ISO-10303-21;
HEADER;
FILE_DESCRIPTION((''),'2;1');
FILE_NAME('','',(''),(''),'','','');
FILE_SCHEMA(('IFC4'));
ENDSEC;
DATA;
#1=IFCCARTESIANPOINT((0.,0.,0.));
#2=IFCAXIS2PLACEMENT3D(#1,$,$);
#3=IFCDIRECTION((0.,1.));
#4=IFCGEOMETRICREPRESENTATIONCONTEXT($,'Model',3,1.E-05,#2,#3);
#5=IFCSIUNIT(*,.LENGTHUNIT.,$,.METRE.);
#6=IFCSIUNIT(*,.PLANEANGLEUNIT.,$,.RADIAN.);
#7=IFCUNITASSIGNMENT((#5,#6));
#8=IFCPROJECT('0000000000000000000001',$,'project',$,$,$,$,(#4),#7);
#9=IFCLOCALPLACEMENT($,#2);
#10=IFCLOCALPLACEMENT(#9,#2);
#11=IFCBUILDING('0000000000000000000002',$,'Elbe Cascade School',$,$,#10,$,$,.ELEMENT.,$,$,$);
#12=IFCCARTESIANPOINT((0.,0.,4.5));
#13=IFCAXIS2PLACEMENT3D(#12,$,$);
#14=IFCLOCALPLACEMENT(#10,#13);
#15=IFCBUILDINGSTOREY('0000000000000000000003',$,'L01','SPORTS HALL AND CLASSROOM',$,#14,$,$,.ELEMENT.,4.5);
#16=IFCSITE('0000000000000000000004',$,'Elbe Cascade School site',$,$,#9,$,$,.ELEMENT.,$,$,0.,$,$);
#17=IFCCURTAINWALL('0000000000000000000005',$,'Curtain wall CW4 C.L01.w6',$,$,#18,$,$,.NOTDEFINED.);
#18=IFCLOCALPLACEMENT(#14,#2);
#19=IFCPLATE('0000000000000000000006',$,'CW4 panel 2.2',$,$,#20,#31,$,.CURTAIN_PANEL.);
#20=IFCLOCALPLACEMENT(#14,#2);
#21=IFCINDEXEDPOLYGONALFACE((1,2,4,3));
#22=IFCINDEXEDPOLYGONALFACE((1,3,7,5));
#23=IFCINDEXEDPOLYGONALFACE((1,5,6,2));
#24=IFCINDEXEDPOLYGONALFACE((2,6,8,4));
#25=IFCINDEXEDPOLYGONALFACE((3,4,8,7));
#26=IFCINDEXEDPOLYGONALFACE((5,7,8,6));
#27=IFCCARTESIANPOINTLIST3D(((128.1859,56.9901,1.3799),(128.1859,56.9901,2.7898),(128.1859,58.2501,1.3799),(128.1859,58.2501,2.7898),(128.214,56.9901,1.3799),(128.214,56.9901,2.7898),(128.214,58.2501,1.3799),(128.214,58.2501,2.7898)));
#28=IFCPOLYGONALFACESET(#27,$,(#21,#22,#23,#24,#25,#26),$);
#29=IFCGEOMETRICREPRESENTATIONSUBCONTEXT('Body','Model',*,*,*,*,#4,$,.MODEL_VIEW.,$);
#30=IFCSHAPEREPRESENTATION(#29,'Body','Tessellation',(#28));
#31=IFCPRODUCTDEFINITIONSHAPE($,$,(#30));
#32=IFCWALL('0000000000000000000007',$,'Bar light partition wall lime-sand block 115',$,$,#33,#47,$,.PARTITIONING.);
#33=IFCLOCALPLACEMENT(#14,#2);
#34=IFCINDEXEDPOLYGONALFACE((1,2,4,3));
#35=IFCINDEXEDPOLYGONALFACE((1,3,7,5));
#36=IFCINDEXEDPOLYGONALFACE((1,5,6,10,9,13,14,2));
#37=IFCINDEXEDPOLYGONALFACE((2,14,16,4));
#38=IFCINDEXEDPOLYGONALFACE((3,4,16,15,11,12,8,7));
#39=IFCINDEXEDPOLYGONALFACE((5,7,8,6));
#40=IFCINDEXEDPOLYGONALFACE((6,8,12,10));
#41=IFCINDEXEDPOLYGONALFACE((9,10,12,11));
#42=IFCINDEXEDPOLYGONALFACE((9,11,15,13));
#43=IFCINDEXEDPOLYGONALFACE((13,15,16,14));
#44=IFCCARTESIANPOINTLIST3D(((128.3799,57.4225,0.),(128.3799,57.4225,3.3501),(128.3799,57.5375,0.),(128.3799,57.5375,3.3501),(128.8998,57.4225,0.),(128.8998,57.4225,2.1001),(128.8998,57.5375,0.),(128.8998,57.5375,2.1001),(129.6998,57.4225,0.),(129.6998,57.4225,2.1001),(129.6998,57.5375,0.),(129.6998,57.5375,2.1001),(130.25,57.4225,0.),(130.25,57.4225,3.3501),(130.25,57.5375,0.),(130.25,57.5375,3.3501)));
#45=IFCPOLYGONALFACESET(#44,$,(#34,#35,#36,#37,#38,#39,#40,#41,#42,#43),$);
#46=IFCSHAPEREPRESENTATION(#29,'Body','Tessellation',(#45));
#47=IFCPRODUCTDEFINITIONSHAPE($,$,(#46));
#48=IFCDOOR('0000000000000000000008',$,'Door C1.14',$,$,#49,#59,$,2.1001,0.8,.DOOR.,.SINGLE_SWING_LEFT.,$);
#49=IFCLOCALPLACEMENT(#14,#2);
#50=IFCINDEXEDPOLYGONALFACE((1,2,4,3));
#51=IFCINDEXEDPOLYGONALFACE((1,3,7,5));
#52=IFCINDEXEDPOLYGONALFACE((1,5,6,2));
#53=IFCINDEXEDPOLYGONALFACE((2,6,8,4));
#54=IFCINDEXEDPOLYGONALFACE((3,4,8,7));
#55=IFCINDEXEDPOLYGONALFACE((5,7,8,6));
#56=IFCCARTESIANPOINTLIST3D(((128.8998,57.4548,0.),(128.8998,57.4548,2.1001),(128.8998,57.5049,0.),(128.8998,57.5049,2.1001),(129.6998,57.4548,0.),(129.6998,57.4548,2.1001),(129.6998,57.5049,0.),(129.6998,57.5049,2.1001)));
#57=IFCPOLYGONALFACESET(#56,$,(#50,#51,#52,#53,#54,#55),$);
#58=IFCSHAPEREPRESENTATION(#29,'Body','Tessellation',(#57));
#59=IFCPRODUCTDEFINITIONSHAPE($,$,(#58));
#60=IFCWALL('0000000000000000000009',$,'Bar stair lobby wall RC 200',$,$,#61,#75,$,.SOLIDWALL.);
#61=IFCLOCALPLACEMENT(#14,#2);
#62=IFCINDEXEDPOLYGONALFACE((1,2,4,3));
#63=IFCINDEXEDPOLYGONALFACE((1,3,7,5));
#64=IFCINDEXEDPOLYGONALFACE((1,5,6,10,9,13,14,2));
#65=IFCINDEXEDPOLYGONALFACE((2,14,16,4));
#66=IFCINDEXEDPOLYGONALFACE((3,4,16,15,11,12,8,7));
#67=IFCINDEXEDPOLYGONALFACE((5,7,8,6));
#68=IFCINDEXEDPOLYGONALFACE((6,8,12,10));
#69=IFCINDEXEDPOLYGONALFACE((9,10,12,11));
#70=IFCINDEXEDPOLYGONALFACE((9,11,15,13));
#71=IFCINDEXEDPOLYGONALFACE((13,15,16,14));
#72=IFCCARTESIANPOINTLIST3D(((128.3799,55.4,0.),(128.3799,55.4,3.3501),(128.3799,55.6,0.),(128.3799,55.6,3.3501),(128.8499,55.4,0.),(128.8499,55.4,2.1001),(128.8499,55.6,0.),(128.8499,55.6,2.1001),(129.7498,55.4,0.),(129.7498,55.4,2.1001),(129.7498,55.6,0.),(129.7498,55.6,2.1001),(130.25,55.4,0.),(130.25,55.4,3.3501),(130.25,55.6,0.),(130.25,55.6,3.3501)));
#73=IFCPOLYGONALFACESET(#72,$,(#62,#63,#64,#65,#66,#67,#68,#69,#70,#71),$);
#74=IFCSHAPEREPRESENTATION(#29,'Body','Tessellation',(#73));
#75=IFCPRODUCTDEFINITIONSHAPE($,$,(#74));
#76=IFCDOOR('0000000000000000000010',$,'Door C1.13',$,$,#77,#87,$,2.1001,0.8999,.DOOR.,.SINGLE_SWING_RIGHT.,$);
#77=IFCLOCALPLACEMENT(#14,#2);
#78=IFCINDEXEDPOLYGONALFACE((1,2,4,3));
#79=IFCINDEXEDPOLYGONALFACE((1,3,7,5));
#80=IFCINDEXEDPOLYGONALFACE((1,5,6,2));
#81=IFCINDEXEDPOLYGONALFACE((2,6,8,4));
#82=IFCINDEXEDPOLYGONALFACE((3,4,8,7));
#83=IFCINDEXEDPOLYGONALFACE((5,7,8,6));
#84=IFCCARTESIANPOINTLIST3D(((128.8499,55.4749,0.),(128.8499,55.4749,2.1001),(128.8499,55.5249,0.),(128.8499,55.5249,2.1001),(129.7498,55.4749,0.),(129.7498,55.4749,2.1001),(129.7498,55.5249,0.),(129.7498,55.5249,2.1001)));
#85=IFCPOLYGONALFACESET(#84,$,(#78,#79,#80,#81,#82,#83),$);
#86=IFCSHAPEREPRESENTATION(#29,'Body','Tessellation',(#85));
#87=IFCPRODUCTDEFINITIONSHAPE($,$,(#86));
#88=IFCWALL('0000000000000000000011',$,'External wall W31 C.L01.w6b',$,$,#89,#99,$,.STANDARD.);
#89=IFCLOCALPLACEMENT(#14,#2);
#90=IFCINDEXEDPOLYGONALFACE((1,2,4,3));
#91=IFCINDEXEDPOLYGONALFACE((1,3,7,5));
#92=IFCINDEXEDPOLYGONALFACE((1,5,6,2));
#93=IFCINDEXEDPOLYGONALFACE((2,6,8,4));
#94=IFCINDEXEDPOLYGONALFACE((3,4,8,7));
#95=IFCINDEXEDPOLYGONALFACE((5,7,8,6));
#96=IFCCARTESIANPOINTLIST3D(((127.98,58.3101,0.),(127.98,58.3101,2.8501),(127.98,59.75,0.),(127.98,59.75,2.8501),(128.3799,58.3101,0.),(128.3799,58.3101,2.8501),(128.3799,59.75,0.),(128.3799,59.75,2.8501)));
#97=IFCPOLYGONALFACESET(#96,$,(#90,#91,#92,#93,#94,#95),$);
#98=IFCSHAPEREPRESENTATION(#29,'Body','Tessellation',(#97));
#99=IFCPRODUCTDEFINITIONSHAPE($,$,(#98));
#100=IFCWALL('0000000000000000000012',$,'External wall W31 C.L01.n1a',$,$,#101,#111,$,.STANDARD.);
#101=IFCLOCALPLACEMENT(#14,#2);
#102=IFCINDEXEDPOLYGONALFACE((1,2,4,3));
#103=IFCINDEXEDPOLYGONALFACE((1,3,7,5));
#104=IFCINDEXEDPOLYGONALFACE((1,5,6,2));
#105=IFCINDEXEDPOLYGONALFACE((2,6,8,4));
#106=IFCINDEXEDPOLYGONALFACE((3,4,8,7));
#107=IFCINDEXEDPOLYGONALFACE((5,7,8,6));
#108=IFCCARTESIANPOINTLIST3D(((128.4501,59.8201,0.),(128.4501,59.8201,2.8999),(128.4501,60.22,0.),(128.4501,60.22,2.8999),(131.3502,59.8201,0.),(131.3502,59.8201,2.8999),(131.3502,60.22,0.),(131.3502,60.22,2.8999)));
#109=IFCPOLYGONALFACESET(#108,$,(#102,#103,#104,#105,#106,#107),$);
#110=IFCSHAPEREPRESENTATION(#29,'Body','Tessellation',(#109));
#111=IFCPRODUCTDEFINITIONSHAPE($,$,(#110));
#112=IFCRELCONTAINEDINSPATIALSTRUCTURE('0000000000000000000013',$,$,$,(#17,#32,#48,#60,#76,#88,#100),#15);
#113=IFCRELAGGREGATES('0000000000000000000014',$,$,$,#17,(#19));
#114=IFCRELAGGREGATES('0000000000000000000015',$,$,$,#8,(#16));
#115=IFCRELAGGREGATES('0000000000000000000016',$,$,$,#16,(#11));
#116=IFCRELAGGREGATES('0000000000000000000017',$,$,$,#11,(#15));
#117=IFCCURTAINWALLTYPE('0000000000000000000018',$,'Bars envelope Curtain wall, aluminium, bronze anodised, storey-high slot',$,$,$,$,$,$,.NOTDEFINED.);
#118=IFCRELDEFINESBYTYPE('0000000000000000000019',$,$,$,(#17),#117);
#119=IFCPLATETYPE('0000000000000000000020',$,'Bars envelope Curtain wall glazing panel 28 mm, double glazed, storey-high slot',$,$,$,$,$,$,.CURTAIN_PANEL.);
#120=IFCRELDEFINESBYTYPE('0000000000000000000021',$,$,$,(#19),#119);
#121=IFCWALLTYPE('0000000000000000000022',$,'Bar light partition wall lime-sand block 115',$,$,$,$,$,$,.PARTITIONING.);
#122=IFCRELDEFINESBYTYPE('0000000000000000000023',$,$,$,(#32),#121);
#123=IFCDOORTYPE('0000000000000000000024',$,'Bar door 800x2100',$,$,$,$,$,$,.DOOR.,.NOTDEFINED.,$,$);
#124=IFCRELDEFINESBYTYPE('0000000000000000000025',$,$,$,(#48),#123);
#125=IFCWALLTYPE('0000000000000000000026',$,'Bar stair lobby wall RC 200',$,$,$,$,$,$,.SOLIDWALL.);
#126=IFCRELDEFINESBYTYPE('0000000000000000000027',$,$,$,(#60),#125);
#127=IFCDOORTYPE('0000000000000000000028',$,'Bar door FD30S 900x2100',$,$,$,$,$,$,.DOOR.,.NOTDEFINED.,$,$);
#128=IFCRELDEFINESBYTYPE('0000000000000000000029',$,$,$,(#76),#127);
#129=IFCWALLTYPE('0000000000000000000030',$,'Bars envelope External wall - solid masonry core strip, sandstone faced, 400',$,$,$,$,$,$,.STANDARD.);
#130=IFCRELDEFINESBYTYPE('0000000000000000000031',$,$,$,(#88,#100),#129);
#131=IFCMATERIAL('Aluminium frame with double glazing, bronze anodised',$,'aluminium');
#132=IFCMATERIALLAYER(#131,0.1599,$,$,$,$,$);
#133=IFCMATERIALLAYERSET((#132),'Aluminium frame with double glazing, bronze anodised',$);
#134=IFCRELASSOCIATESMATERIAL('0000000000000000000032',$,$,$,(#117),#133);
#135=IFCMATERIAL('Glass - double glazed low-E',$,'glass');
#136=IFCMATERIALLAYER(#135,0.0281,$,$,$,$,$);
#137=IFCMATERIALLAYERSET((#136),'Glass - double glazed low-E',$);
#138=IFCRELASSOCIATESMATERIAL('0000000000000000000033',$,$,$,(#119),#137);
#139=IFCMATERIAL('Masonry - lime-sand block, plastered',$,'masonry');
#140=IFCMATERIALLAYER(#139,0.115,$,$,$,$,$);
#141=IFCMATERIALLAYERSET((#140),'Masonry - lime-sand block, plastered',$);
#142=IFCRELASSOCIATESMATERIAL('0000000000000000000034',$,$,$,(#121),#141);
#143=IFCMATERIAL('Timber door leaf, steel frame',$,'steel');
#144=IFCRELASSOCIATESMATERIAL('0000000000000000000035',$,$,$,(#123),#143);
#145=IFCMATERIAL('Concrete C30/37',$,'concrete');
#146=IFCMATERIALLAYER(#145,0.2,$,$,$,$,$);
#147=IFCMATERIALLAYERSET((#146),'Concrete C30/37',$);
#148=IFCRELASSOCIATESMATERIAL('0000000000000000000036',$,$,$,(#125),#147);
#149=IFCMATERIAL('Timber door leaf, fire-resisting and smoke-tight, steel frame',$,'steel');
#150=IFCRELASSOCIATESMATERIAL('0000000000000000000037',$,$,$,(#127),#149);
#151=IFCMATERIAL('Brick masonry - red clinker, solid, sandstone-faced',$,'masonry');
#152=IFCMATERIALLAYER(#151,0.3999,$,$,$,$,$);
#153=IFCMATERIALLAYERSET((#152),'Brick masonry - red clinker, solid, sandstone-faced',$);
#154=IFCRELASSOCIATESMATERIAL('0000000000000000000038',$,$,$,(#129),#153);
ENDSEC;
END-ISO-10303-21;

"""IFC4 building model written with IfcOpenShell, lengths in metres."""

from ifc_helpers import new_model, si_unit, direction, frame, frame_2d, origin, origin_2d, place, context, subcontext, project, spatial, rectangle, extrude, material, layer, layer_set, type_object, element, fill, aggregate, save


model = new_model("IFC4")

# Units and contexts
model_context = context("Model", 3, precision=1e-05, world=origin(), true_north=direction((0.0, 1.0)))
body_context = subcontext(model_context, "Body", "Model", "MODEL_VIEW")
ifc_project = project(units=[si_unit("LENGTHUNIT", "METRE"), si_unit("PLANEANGLEUNIT", "RADIAN")], contexts=[model_context])

# Site, building, storey
site_placement = place(None, origin())
site = spatial("IfcSite", under=ifc_project, at=site_placement, Name="Elbe Cascade School site", CompositionType="ELEMENT", RefElevation=0.0)
building_placement = place(site_placement, origin())
building = spatial("IfcBuilding", under=site, at=building_placement, Name="Elbe Cascade School", CompositionType="ELEMENT")
storey_placement = place(building_placement, frame((0.0, 0.0, 4.5)))
storey = spatial("IfcBuildingStorey", under=building, at=storey_placement, Name="L01", Description="SPORTS HALL AND CLASSROOM", CompositionType="ELEMENT", Elevation=4.5)

# Curtain wall
ifc_material_1 = material(Name="Aluminium frame with double glazing, bronze anodised", Category="aluminium")
ifc_layer_1 = layer(ifc_material_1, 0.1599)
ifc_layer_set_1 = layer_set([ifc_layer_1], Name="Aluminium frame with double glazing, bronze anodised")
curtain_wall_type = type_object("IfcCurtainWallType", Name="Bars envelope Curtain wall, aluminium, bronze anodised, storey-high slot", PredefinedType="NOTDEFINED", material=ifc_layer_set_1)
curtain_wall_placement = place(storey_placement, origin())
curtain_wall = element("IfcCurtainWall", 1, at=curtain_wall_placement, inside=storey, type_object=curtain_wall_type, Name="Curtain wall CW4 C.L01.w6", PredefinedType="NOTDEFINED")

# Plate
ifc_material_2 = material(Name="Glass - double glazed low-E", Category="glass")
ifc_layer_2 = layer(ifc_material_2, 0.0281)
ifc_layer_set_2 = layer_set([ifc_layer_2], Name="Glass - double glazed low-E")
plate_type = type_object("IfcPlateType", Name="Bars envelope Curtain wall glazing panel 28 mm, double glazed, storey-high slot", PredefinedType="CURTAIN_PANEL", material=ifc_layer_set_2)
plate_1_placement = place(storey_placement, frame((128.2, 57.6201, 1.3799), z_axis=(0.0, 0.0, 1.0), x_axis=(0.0, 1.0, 0.0)))
plate_1 = element("IfcPlate", 2, at=plate_1_placement, type_object=plate_type, Name="CW4 panel 2.2", PredefinedType="CURTAIN_PANEL", context=body_context, shape_type="SweptSolid", body=[
    extrude(rectangle(XDim=1.26, YDim=0.0281, at=origin_2d()), origin(), (0.0, 0.0, 1.0), 1.4099),
])
aggregate(curtain_wall, [plate_1])

# Walls, openings, doors
ifc_material_3 = material(Name="Masonry - lime-sand block, plastered", Category="masonry")
ifc_layer_3 = layer(ifc_material_3, 0.115)
ifc_layer_set_3 = layer_set([ifc_layer_3], Name="Masonry - lime-sand block, plastered")
wall_type_1 = type_object("IfcWallType", Name="Bar light partition wall lime-sand block 115", PredefinedType="PARTITIONING", material=ifc_layer_set_3)
wall_1_placement = place(storey_placement, frame((128.3799, 57.48, 0.0), z_axis=(0.0, 0.0, 1.0), x_axis=(1.0, 0.0, 0.0)))
wall_1 = element("IfcWall", 3, at=wall_1_placement, inside=storey, type_object=wall_type_1, Name="Bar light partition wall lime-sand block 115", PredefinedType="PARTITIONING", context=body_context, shape_type="SweptSolid", body=[
    extrude(rectangle(XDim=1.8701, YDim=0.115, at=frame_2d((0.9351, 0.0))), origin(), (0.0, 0.0, 1.0), 3.3501),
])
opening_1_placement = place(wall_1_placement, frame((0.52, 0.0, 0.0)))
opening_1 = element("IfcOpeningElement", 4, at=opening_1_placement, cuts=wall_1, PredefinedType="OPENING", context=body_context, shape_type="SweptSolid", body=[
    extrude(rectangle(XDim=0.8, YDim=2.1001, at=frame_2d((0.3999, 1.05))), frame((0.0, 0.0674, 0.0), z_axis=(0.0, -1.0, 0.0), x_axis=(1.0, 0.0, 0.0)), (0.0, 0.0, 1.0), 0.135),
])
ifc_material_4 = material(Name="Timber door leaf, steel frame", Category="steel")
door_type_1 = type_object("IfcDoorType", Name="Bar door 800x2100", OperationType="NOTDEFINED", PredefinedType="DOOR", material=ifc_material_4)
door_1_placement = place(opening_1_placement, origin())
door_1 = element("IfcDoor", 5, at=door_1_placement, inside=storey, type_object=door_type_1, Name="Door C1.14", OperationType="SINGLE_SWING_LEFT", OverallHeight=2.1001, OverallWidth=0.8, PredefinedType="DOOR", context=body_context, shape_type="SweptSolid", body=[
    extrude(rectangle(XDim=0.8, YDim=2.1001, at=frame_2d((0.3999, 1.05))), frame((0.0, 0.0249, 0.0), z_axis=(0.0, -1.0, 0.0), x_axis=(1.0, 0.0, 0.0)), (0.0, 0.0, 1.0), 0.05),
])
fill(opening_1, door_1)
ifc_material_5 = material(Name="Concrete C30/37", Category="concrete")
ifc_layer_4 = layer(ifc_material_5, 0.2)
ifc_layer_set_4 = layer_set([ifc_layer_4], Name="Concrete C30/37")
wall_type_2 = type_object("IfcWallType", Name="Bar stair lobby wall RC 200", PredefinedType="SOLIDWALL", material=ifc_layer_set_4)
wall_2_placement = place(storey_placement, frame((128.3799, 55.5, 0.0), z_axis=(0.0, 0.0, 1.0), x_axis=(1.0, 0.0, 0.0)))
wall_2 = element("IfcWall", 6, at=wall_2_placement, inside=storey, type_object=wall_type_2, Name="Bar stair lobby wall RC 200", PredefinedType="SOLIDWALL", context=body_context, shape_type="SweptSolid", body=[
    extrude(rectangle(XDim=1.8701, YDim=0.2, at=frame_2d((0.9351, 0.0))), origin(), (0.0, 0.0, 1.0), 3.3501),
])
opening_2_placement = place(wall_2_placement, frame((0.47, 0.0, 0.0)))
opening_2 = element("IfcOpeningElement", 7, at=opening_2_placement, cuts=wall_2, PredefinedType="OPENING", context=body_context, shape_type="SweptSolid", body=[
    extrude(rectangle(XDim=0.8999, YDim=2.1001, at=frame_2d((0.45, 1.05))), frame((0.0, 0.1099, 0.0), z_axis=(0.0, -1.0, 0.0), x_axis=(1.0, 0.0, 0.0)), (0.0, 0.0, 1.0), 0.22),
])
ifc_material_6 = material(Name="Timber door leaf, fire-resisting and smoke-tight, steel frame", Category="steel")
door_type_2 = type_object("IfcDoorType", Name="Bar door FD30S 900x2100", OperationType="NOTDEFINED", PredefinedType="DOOR", material=ifc_material_6)
door_2_placement = place(opening_2_placement, origin())
door_2 = element("IfcDoor", 8, at=door_2_placement, inside=storey, type_object=door_type_2, Name="Door C1.13", OperationType="SINGLE_SWING_RIGHT", OverallHeight=2.1001, OverallWidth=0.8999, PredefinedType="DOOR", context=body_context, shape_type="SweptSolid", body=[
    extrude(rectangle(XDim=0.8999, YDim=2.1001, at=frame_2d((0.45, 1.05))), frame((0.0, 0.0249, 0.0), z_axis=(0.0, -1.0, 0.0), x_axis=(1.0, 0.0, 0.0)), (0.0, 0.0, 1.0), 0.05),
])
fill(opening_2, door_2)

# Walls
ifc_material_7 = material(Name="Brick masonry - red clinker, solid, sandstone-faced", Category="masonry")
ifc_layer_5 = layer(ifc_material_7, 0.3999)
ifc_layer_set_5 = layer_set([ifc_layer_5], Name="Brick masonry - red clinker, solid, sandstone-faced")
wall_type_3 = type_object("IfcWallType", Name="Bars envelope External wall - solid masonry core strip, sandstone faced, 400", PredefinedType="STANDARD", material=ifc_layer_set_5)
wall_3_placement = place(storey_placement, frame((128.1799, 58.3101, 0.0), z_axis=(0.0, 0.0, 1.0), x_axis=(0.0, 1.0, 0.0)))
element("IfcWall", 9, at=wall_3_placement, inside=storey, type_object=wall_type_3, Name="External wall W31 C.L01.w6b", PredefinedType="STANDARD", context=body_context, shape_type="SweptSolid", body=[
    extrude(rectangle(XDim=1.4399, YDim=0.3999, at=frame_2d((0.72, 0.0))), origin(), (0.0, 0.0, 1.0), 2.8501),
])
wall_4_placement = place(storey_placement, frame((128.45, 60.02, 0.0), z_axis=(0.0, 0.0, 1.0), x_axis=(1.0, 0.0, 0.0)))
element("IfcWall", 10, at=wall_4_placement, inside=storey, type_object=wall_type_3, Name="External wall W31 C.L01.n1a", PredefinedType="STANDARD", context=body_context, shape_type="SweptSolid", body=[
    extrude(rectangle(XDim=2.9001, YDim=0.3999, at=frame_2d((1.4502, 0.0))), origin(), (0.0, 0.0, 1.0), 2.8999),
])

save(model, "model.ifc")
